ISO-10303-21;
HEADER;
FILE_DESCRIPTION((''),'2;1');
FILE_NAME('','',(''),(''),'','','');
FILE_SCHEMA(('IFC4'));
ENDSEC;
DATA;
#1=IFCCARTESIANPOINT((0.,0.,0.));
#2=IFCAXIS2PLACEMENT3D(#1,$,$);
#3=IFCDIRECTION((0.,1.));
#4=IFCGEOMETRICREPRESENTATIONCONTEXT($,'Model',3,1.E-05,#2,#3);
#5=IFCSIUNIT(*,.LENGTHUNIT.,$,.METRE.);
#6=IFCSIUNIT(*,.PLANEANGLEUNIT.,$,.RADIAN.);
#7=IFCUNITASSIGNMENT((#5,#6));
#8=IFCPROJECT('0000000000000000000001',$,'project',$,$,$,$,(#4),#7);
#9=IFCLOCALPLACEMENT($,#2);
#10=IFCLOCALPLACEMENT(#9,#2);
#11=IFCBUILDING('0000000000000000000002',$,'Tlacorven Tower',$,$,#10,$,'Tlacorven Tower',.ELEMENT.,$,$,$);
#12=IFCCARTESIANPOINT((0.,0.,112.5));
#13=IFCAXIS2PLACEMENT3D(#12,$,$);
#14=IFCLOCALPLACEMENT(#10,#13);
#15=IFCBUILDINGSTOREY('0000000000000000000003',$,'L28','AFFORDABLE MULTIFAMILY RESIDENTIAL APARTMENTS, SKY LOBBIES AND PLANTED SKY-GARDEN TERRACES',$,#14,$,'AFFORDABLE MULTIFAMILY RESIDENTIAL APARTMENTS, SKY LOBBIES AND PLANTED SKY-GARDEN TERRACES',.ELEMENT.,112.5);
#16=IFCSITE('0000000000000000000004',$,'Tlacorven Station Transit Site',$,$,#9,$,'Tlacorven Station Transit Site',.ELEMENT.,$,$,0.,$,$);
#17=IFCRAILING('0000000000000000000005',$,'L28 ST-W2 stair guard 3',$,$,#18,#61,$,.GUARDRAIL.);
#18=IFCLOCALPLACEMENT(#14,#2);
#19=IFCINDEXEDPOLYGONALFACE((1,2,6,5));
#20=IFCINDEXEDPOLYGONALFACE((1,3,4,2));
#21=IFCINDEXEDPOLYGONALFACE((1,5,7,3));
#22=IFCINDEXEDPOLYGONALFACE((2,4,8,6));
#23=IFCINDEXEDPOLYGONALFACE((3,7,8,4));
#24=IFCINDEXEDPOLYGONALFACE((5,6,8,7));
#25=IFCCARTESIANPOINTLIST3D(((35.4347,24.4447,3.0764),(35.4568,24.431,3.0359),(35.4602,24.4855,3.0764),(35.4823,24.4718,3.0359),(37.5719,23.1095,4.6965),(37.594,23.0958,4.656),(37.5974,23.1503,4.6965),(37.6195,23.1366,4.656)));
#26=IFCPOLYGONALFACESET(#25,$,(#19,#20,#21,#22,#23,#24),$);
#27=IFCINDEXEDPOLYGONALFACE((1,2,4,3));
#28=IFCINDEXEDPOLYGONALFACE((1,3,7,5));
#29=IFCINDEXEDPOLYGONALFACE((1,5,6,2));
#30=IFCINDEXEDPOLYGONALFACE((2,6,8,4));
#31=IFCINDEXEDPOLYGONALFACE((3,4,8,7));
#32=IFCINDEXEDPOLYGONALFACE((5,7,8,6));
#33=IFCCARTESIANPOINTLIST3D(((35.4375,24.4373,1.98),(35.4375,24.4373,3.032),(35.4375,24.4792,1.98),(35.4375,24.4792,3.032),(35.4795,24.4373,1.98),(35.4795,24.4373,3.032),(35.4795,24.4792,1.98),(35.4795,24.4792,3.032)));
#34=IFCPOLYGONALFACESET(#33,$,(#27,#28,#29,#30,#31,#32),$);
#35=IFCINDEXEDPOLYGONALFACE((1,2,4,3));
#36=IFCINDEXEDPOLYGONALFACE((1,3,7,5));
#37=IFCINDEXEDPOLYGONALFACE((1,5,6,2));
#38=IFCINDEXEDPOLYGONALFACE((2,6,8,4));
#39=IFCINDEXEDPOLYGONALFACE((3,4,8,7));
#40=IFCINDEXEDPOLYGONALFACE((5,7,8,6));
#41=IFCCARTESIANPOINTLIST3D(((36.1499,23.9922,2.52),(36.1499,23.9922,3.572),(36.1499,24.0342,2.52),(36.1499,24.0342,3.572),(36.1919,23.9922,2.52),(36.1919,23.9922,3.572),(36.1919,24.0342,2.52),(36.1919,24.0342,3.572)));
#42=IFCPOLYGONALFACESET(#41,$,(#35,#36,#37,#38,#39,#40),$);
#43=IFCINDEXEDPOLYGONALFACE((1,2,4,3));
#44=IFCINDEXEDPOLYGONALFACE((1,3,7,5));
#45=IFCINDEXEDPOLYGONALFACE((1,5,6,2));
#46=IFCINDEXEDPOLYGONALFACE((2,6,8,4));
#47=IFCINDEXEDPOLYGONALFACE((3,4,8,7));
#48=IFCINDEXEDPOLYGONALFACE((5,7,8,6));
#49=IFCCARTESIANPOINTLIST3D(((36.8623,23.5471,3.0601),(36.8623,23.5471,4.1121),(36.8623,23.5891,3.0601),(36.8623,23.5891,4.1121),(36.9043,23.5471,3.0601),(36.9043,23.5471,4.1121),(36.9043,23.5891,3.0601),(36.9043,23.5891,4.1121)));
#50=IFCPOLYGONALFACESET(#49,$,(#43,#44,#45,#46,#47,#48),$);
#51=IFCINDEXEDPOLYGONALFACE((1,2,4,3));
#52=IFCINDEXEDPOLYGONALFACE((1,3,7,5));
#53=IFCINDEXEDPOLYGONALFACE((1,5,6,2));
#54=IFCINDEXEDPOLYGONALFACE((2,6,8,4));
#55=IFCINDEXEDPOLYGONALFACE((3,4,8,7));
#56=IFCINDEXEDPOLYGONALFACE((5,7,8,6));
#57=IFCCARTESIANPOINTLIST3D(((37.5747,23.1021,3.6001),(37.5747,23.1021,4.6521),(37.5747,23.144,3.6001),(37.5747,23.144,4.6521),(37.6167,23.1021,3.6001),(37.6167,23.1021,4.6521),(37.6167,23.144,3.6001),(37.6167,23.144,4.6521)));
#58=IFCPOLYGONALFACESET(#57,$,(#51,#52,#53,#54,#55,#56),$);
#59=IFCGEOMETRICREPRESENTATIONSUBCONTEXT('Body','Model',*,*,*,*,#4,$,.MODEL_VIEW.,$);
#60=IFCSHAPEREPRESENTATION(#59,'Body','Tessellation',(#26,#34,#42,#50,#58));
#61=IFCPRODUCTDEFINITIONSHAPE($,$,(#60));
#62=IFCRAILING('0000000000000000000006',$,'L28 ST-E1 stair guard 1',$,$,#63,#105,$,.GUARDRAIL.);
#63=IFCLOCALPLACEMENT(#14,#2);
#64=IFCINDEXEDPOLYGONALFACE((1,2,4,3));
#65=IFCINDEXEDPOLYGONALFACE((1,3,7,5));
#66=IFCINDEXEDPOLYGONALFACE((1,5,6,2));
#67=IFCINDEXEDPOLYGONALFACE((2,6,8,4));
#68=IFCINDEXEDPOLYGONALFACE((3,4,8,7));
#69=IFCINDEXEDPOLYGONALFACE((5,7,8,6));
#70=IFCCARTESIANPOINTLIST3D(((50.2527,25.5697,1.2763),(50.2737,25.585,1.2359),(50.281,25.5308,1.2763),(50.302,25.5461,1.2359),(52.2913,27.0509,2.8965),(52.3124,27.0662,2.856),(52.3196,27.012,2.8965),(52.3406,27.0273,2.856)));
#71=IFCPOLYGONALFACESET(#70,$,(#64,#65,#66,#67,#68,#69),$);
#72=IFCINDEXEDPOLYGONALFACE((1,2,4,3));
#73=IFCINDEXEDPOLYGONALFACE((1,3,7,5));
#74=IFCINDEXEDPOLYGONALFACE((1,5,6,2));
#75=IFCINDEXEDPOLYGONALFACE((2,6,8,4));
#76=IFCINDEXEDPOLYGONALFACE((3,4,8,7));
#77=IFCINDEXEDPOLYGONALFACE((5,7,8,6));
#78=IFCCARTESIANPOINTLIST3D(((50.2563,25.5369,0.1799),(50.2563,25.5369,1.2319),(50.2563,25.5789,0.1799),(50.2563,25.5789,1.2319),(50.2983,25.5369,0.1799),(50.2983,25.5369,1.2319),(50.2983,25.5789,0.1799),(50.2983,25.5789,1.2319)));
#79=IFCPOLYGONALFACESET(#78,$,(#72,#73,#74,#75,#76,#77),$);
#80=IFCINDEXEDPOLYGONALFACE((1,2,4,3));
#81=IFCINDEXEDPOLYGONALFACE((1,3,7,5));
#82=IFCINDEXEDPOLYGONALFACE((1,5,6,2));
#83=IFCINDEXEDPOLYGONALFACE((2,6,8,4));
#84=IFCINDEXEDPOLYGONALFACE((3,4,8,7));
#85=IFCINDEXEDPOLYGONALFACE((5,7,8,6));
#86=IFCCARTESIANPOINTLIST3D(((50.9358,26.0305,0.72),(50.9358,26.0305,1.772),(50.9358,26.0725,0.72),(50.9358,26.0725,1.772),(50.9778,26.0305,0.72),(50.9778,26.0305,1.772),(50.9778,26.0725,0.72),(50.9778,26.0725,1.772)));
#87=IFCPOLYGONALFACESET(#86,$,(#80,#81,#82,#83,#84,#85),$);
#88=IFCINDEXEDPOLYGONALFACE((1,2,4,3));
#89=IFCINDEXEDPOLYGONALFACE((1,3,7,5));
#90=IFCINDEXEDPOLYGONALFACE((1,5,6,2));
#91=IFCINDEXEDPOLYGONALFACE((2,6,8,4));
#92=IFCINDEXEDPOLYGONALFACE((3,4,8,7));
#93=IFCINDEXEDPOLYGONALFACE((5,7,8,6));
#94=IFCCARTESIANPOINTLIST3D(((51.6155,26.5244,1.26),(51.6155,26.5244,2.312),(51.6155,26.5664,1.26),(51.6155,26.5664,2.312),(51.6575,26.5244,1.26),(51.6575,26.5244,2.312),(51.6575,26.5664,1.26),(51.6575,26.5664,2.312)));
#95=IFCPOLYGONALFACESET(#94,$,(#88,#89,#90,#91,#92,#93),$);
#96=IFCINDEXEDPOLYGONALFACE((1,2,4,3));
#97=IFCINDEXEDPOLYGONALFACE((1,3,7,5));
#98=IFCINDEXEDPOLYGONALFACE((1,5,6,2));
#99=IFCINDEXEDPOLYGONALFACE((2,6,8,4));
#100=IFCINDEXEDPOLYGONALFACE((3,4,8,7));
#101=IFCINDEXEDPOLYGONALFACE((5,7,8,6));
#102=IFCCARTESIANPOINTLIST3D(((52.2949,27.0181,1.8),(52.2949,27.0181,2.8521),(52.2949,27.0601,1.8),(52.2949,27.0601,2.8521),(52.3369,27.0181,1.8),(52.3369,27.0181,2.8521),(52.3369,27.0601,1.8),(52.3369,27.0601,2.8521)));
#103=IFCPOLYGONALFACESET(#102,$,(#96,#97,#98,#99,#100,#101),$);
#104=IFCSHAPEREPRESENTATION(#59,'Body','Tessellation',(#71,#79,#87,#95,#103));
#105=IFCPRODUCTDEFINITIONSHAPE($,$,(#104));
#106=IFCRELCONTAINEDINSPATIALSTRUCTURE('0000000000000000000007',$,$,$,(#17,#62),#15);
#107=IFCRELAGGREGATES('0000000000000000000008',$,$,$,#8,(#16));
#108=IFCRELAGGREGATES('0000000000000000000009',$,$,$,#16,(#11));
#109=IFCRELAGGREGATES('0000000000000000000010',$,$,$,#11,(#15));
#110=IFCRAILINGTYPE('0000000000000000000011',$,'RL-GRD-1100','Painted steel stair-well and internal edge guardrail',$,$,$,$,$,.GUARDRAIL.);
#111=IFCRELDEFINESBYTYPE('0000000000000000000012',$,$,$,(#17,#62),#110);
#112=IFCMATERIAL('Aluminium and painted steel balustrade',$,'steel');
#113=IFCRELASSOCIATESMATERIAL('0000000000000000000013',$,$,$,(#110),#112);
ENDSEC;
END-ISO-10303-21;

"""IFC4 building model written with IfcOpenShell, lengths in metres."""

from ifc_helpers import new_model, si_unit, direction, frame, origin, origin_2d, place, context, subcontext, project, spatial, rectangle, extrude, source, transform, mapped, material, type_object, element, save


model = new_model("IFC4")

# Units and contexts
model_context = context("Model", 3, precision=1e-05, world=origin(), true_north=direction((0.0, 1.0)))
body_context = subcontext(model_context, "Body", "Model", "MODEL_VIEW")
ifc_project = project(units=[si_unit("LENGTHUNIT", "METRE"), si_unit("PLANEANGLEUNIT", "RADIAN")], contexts=[model_context])

# Site, building, storey
site_placement = place(None, origin())
site = spatial("IfcSite", under=ifc_project, at=site_placement, Name="Tlacorven Station Transit Site", LongName="Tlacorven Station Transit Site", CompositionType="ELEMENT", RefElevation=0.0)
building_placement = place(site_placement, origin())
building = spatial("IfcBuilding", under=site, at=building_placement, Name="Tlacorven Tower", LongName="Tlacorven Tower", CompositionType="ELEMENT")
storey_placement = place(building_placement, frame((0.0, 0.0, 112.5)))
storey = spatial("IfcBuildingStorey", under=building, at=storey_placement, Name="L28", Description="AFFORDABLE MULTIFAMILY RESIDENTIAL APARTMENTS, SKY LOBBIES AND PLANTED SKY-GARDEN TERRACES", LongName="AFFORDABLE MULTIFAMILY RESIDENTIAL APARTMENTS, SKY LOBBIES AND PLANTED SKY-GARDEN TERRACES", CompositionType="ELEMENT", Elevation=112.5)

# Railings
ifc_material_1 = material(Name="Aluminium and painted steel balustrade", Category="steel")
railing_type_1 = type_object("IfcRailingType", Name="RL-GRD-1100", Description="Painted steel stair-well and internal edge guardrail", PredefinedType="GUARDRAIL", material=ifc_material_1)
shared_shape_1 = source(origin(), body_context, "Body", "SweptSolid", [
    extrude(rectangle(XDim=0.0481, YDim=0.0481, at=origin_2d()), frame((0.0, 0.0, 1.0762), z_axis=(0.713386, -0.445683, 0.540784), x_axis=(0.529842, 0.848096, 0.0)), (0.0, 0.0, 1.0), 2.9958),
    extrude(rectangle(XDim=0.042, YDim=0.042, at=origin_2d()), origin(), (0.0, 0.0, 1.0), 1.052),
    extrude(rectangle(XDim=0.042, YDim=0.042, at=origin_2d()), frame((0.7124, -0.4451, 0.54)), (0.0, 0.0, 1.0), 1.052),
    extrude(rectangle(XDim=0.042, YDim=0.042, at=origin_2d()), frame((1.4248, -0.8901, 1.0801)), (0.0, 0.0, 1.0), 1.052),
    extrude(rectangle(XDim=0.042, YDim=0.042, at=origin_2d()), frame((2.1372, -1.3352, 1.6201)), (0.0, 0.0, 1.0), 1.052),
])
railing_1_placement = place(storey_placement, frame((35.4585, 24.4583, 1.98)))
element("IfcRailing", 1, at=railing_1_placement, inside=storey, type_object=railing_type_1, Name="L28 ST-W2 stair guard 3", PredefinedType="GUARDRAIL", context=body_context, shape_type="MappedRepresentation", body=[
    mapped(shared_shape_1, transform((0.0, 0.0, 0.0), scale=1.0)),
])
shared_shape_2 = source(origin(), body_context, "Body", "SweptSolid", [
    extrude(rectangle(XDim=0.0481, YDim=0.0481, at=origin_2d()), frame((0.0, 0.0, 1.0762), z_axis=(0.680489, 0.494434, 0.540805), x_axis=(-0.587809, 0.809, 0.0)), (0.0, 0.0, 1.0), 2.9958),
    extrude(rectangle(XDim=0.042, YDim=0.042, at=origin_2d()), origin(), (0.0, 0.0, 1.0), 1.052),
    extrude(rectangle(XDim=0.042, YDim=0.042, at=origin_2d()), frame((0.6794, 0.4937, 0.54)), (0.0, 0.0, 1.0), 1.052),
    extrude(rectangle(XDim=0.042, YDim=0.042, at=origin_2d()), frame((1.3591, 0.9875, 1.0801)), (0.0, 0.0, 1.0), 1.052),
    extrude(rectangle(XDim=0.042, YDim=0.042, at=origin_2d()), frame((2.0386, 1.4812, 1.6201)), (0.0, 0.0, 1.0), 1.052),
])
railing_2_placement = place(storey_placement, frame((50.2773, 25.5579, 0.1799)))
element("IfcRailing", 2, at=railing_2_placement, inside=storey, type_object=railing_type_1, Name="L28 ST-E1 stair guard 1", PredefinedType="GUARDRAIL", context=body_context, shape_type="MappedRepresentation", body=[
    mapped(shared_shape_2, transform((0.0, 0.0, 0.0), scale=1.0)),
])

save(model, "model.ifc")
